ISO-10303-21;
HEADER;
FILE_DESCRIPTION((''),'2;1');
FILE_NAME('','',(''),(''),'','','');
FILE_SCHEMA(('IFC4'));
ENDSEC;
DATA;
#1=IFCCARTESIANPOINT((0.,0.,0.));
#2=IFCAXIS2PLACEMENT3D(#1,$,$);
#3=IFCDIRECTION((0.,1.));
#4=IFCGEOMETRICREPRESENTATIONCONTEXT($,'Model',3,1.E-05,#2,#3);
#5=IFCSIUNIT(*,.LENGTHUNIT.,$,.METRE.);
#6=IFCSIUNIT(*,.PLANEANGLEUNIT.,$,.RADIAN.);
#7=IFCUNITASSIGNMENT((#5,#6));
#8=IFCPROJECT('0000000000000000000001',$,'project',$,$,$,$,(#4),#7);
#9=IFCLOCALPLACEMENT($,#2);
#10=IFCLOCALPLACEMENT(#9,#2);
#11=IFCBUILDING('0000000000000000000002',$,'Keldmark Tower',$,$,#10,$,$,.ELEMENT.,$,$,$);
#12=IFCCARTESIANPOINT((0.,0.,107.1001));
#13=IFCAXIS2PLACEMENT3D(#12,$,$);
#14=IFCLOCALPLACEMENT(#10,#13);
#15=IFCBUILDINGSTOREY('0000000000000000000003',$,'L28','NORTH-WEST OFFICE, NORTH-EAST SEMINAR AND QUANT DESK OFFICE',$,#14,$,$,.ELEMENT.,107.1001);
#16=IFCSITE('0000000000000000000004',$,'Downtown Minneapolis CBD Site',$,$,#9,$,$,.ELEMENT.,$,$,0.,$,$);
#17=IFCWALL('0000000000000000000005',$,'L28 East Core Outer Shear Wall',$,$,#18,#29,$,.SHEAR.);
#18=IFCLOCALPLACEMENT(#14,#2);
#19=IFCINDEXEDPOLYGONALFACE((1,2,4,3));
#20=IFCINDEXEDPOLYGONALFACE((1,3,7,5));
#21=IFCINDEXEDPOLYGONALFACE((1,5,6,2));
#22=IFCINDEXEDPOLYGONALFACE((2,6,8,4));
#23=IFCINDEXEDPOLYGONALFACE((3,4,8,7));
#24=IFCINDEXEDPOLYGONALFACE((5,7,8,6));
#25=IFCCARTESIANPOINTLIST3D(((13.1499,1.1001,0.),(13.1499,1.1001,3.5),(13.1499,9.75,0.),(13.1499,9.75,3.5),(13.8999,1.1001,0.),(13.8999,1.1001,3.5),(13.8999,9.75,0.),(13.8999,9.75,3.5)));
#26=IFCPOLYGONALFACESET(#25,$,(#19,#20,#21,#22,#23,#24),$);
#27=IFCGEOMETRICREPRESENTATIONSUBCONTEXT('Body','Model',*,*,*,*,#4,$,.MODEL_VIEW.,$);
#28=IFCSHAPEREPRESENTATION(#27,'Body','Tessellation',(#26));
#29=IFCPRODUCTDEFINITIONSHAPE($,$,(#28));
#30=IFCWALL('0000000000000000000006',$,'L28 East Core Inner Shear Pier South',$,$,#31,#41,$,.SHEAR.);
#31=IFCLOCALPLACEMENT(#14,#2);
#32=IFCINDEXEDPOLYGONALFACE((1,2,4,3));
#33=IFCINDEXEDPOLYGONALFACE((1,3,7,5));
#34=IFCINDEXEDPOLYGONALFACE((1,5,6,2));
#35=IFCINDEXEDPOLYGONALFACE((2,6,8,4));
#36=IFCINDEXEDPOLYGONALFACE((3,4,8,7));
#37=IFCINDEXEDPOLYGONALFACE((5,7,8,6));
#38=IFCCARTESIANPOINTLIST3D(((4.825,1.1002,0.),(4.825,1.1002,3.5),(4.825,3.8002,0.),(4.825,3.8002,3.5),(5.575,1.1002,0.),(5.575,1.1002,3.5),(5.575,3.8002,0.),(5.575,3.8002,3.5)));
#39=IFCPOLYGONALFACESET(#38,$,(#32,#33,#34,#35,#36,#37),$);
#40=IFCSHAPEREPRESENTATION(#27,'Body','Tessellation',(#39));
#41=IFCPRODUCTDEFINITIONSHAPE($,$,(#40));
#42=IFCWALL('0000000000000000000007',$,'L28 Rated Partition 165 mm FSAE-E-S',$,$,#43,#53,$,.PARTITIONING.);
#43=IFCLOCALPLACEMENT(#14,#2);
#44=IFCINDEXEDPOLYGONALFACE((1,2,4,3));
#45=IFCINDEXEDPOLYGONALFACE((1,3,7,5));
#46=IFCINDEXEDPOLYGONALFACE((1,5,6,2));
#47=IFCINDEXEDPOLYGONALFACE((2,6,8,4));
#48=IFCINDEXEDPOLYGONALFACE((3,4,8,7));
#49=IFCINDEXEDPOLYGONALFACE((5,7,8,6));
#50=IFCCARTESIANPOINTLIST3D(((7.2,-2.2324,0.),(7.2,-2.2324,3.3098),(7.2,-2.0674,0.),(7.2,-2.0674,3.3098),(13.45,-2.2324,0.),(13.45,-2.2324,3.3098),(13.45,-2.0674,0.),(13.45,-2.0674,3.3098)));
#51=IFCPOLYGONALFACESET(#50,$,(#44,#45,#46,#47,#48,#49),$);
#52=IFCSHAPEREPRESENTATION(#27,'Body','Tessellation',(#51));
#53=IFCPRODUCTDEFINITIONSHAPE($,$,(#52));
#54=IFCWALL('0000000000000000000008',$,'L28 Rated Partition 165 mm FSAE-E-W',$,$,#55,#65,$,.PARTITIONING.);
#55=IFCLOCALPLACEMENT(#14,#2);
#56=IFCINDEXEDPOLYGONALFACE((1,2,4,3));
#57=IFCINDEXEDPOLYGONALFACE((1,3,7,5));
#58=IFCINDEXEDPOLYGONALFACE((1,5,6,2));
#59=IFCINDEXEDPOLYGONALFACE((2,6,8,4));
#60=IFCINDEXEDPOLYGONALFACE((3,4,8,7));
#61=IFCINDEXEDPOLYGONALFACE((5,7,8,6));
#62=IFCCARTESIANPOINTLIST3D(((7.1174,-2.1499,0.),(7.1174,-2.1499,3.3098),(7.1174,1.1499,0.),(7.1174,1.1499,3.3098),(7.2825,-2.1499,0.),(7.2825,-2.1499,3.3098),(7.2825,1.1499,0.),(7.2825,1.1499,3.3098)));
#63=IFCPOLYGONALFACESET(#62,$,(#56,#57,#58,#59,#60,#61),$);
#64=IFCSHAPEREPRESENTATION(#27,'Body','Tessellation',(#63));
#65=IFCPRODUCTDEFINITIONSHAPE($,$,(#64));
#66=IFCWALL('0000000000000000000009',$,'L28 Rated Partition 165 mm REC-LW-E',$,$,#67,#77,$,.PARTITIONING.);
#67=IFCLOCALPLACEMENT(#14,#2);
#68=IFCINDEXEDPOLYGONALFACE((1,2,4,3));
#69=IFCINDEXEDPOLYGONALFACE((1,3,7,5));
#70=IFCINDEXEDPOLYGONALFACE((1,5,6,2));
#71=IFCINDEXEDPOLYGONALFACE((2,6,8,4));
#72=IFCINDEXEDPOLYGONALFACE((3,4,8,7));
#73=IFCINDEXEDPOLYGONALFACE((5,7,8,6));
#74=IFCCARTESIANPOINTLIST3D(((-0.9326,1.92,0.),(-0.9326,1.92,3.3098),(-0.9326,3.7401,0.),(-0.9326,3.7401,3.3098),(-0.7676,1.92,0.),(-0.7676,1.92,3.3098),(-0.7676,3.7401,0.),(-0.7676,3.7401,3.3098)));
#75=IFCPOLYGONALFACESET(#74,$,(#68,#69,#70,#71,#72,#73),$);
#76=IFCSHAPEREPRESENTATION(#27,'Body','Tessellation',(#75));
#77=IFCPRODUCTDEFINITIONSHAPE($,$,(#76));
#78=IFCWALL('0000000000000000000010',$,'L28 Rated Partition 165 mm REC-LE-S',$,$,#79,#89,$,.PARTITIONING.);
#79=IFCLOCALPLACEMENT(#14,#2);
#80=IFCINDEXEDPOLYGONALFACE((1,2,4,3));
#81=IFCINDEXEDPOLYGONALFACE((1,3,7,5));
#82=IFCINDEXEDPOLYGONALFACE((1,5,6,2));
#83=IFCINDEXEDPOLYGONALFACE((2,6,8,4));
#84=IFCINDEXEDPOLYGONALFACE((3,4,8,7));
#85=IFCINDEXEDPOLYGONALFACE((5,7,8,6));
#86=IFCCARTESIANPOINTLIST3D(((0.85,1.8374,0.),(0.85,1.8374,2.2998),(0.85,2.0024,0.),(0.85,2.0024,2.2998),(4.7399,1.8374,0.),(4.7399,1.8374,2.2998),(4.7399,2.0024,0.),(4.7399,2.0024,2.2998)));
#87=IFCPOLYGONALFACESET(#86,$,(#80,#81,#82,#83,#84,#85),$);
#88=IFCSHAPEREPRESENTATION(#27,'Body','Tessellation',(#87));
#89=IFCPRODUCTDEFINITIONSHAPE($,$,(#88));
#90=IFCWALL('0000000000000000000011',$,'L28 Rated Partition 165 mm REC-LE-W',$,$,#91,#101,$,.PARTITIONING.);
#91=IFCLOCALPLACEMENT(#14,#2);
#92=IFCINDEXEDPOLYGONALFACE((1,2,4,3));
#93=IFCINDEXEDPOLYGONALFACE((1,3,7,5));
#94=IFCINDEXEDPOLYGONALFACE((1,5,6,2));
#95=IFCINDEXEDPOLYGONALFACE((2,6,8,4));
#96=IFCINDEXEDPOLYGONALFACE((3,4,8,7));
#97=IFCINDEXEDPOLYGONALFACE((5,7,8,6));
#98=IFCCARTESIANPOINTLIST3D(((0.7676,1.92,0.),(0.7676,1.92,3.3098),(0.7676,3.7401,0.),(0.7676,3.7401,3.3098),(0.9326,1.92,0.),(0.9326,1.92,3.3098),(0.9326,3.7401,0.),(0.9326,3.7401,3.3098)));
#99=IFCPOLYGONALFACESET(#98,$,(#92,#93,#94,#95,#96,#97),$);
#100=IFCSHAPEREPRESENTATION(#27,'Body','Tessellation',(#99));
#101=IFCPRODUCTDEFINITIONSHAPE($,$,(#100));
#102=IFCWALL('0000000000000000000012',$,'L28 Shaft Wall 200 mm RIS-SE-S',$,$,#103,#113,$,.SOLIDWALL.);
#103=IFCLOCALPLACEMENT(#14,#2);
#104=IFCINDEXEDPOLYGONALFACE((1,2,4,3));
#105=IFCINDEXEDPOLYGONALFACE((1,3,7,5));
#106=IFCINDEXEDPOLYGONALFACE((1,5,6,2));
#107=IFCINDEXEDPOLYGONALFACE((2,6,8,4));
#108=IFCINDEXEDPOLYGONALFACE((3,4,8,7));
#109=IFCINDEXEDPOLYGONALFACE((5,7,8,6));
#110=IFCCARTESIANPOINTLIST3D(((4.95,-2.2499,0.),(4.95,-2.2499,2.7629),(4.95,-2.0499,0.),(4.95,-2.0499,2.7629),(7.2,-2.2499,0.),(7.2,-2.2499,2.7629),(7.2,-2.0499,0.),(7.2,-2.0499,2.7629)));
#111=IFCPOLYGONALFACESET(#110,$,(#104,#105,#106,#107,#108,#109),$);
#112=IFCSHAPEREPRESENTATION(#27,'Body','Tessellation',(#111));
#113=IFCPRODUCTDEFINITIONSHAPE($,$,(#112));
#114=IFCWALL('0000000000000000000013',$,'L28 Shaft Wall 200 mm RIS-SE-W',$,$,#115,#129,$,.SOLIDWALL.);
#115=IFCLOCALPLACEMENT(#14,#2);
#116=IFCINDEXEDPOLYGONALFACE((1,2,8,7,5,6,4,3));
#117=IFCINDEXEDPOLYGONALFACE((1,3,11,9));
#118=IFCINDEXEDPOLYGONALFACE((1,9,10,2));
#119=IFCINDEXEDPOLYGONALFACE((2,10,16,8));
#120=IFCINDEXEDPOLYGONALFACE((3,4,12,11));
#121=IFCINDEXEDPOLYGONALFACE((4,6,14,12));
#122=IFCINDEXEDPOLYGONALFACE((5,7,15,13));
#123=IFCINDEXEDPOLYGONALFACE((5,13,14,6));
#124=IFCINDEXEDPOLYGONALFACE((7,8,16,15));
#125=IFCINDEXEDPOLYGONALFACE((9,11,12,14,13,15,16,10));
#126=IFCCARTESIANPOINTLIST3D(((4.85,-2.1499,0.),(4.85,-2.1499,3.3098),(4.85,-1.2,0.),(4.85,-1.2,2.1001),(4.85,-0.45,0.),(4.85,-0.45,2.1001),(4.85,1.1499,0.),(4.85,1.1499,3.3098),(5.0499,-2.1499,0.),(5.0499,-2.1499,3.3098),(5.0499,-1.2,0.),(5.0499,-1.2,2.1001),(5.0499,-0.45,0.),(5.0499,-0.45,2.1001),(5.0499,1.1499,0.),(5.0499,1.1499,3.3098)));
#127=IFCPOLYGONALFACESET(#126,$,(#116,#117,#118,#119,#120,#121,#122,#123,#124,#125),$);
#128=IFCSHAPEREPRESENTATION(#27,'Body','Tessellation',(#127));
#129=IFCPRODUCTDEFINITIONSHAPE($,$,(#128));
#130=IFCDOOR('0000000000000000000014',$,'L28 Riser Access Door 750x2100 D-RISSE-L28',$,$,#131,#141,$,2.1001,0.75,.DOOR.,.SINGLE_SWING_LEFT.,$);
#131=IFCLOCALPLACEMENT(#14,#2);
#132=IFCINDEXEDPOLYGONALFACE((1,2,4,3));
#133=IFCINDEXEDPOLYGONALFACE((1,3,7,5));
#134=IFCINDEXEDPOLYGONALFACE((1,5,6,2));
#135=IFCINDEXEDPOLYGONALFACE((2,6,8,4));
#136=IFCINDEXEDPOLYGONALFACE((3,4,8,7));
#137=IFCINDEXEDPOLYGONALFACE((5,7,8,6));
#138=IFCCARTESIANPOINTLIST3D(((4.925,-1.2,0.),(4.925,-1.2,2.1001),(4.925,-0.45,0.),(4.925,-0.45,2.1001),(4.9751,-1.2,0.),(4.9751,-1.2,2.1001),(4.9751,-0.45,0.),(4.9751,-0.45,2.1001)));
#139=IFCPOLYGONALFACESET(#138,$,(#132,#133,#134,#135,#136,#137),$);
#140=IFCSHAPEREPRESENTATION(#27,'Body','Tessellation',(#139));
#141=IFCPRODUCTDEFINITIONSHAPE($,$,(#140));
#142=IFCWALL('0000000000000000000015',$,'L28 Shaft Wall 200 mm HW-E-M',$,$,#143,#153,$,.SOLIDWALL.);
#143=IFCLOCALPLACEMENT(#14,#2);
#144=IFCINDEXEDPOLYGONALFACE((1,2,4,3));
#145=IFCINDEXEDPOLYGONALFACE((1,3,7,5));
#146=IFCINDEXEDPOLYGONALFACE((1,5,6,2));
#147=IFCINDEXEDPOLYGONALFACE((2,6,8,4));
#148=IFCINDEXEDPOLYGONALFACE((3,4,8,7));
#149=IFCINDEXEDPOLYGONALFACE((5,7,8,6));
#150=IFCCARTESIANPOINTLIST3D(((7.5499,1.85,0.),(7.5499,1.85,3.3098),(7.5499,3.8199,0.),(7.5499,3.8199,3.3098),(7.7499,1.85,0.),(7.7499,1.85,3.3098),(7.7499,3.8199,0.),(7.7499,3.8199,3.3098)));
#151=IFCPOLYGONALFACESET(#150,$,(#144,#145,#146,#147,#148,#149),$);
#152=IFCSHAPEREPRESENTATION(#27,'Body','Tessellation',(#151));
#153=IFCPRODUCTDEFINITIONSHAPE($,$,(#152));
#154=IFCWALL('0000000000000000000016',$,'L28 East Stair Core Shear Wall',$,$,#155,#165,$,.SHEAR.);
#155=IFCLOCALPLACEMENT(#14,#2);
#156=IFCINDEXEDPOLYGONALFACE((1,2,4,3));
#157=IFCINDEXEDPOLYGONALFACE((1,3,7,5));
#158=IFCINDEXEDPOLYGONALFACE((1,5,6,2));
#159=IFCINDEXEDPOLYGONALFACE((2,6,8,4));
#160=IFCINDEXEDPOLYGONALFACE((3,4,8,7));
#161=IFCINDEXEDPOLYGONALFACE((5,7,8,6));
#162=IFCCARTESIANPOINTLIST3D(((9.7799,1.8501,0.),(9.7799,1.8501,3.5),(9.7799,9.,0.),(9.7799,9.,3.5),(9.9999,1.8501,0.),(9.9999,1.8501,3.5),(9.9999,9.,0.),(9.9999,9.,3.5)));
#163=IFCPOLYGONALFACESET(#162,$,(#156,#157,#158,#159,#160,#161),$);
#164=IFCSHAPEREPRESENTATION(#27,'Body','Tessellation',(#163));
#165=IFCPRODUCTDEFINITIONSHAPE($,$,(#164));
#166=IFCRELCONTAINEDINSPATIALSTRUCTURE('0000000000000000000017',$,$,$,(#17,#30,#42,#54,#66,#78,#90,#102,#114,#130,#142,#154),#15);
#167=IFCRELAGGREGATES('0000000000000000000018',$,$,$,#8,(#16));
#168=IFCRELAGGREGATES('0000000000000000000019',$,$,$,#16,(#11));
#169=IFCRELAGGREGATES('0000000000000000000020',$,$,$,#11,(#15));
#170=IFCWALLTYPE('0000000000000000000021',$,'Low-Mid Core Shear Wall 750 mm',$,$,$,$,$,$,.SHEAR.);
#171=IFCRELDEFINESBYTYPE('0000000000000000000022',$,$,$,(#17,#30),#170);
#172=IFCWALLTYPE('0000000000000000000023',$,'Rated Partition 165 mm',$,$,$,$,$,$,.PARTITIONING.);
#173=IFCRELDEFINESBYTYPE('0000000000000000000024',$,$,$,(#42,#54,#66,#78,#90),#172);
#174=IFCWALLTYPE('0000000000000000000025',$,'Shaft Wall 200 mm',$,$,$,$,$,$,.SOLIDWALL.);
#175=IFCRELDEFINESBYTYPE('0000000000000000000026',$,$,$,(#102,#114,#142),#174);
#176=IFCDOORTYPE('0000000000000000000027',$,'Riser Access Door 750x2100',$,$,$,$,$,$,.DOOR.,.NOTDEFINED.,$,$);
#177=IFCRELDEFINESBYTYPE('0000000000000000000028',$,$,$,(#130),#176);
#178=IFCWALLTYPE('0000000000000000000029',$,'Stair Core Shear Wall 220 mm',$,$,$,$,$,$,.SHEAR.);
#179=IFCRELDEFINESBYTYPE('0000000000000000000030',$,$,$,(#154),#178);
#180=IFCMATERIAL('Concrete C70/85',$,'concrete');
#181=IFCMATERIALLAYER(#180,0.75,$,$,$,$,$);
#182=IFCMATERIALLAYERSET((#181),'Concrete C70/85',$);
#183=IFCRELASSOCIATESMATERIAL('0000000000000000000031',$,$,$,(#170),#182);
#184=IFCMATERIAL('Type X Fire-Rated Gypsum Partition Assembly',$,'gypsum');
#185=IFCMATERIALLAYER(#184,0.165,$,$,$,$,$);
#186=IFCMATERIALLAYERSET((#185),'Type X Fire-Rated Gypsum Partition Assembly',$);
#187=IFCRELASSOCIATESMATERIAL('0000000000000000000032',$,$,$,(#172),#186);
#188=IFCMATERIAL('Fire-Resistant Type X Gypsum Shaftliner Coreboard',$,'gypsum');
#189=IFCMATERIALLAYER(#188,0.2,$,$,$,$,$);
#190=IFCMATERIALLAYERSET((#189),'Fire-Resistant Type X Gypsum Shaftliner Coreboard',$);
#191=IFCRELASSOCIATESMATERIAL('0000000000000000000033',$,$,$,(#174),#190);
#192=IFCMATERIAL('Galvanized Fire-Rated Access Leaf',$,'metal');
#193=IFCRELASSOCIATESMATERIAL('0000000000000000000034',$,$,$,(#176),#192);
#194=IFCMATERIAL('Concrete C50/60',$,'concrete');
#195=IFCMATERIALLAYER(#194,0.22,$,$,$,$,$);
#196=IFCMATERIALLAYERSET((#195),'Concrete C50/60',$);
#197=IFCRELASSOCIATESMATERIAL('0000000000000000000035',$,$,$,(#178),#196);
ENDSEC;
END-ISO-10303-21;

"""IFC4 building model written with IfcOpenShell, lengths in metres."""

from ifc_helpers import new_model, si_unit, direction, frame, frame_2d, origin, place, context, subcontext, project, spatial, rectangle, extrude, material, layer, layer_set, type_object, element, fill, save


model = new_model("IFC4")

# Units and contexts
model_context = context("Model", 3, precision=1e-05, world=origin(), true_north=direction((0.0, 1.0)))
body_context = subcontext(model_context, "Body", "Model", "MODEL_VIEW")
ifc_project = project(units=[si_unit("LENGTHUNIT", "METRE"), si_unit("PLANEANGLEUNIT", "RADIAN")], contexts=[model_context])

# Site, building, storey
site_placement = place(None, origin())
site = spatial("IfcSite", under=ifc_project, at=site_placement, Name="Downtown Minneapolis CBD Site", CompositionType="ELEMENT", RefElevation=0.0)
building_placement = place(site_placement, origin())
building = spatial("IfcBuilding", under=site, at=building_placement, Name="Keldmark Tower", CompositionType="ELEMENT")
storey_placement = place(building_placement, frame((0.0, 0.0, 107.1001)))
storey = spatial("IfcBuildingStorey", under=building, at=storey_placement, Name="L28", Description="NORTH-WEST OFFICE, NORTH-EAST SEMINAR AND QUANT DESK OFFICE", CompositionType="ELEMENT", Elevation=107.1001)

# Walls
ifc_material_1 = material(Name="Concrete C70/85", Category="concrete")
ifc_layer_1 = layer(ifc_material_1, 0.75)
ifc_layer_set_1 = layer_set([ifc_layer_1], Name="Concrete C70/85")
wall_type_1 = type_object("IfcWallType", Name="Low-Mid Core Shear Wall 750 mm", PredefinedType="SHEAR", material=ifc_layer_set_1)
wall_1_placement = place(storey_placement, frame((13.5249, 1.1001, 0.0), z_axis=(0.0, 0.0, 1.0), x_axis=(0.0, 1.0, 0.0)))
element("IfcWall", 1, at=wall_1_placement, inside=storey, type_object=wall_type_1, Name="L28 East Core Outer Shear Wall", PredefinedType="SHEAR", context=body_context, shape_type="SweptSolid", body=[
    extrude(rectangle(XDim=8.6499, YDim=0.75, at=frame_2d((4.325, 0.0))), origin(), (0.0, 0.0, 1.0), 3.5),
])
wall_2_placement = place(storey_placement, frame((5.2, 1.1001, 0.0), z_axis=(0.0, 0.0, 1.0), x_axis=(0.0, 1.0, 0.0)))
element("IfcWall", 2, at=wall_2_placement, inside=storey, type_object=wall_type_1, Name="L28 East Core Inner Shear Pier South", PredefinedType="SHEAR", context=body_context, shape_type="SweptSolid", body=[
    extrude(rectangle(XDim=2.7, YDim=0.75, at=frame_2d((1.3501, 0.0))), origin(), (0.0, 0.0, 1.0), 3.5),
])
ifc_material_2 = material(Name="Type X Fire-Rated Gypsum Partition Assembly", Category="gypsum")
ifc_layer_2 = layer(ifc_material_2, 0.165)
ifc_layer_set_2 = layer_set([ifc_layer_2], Name="Type X Fire-Rated Gypsum Partition Assembly")
wall_type_2 = type_object("IfcWallType", Name="Rated Partition 165 mm", PredefinedType="PARTITIONING", material=ifc_layer_set_2)
wall_3_placement = place(storey_placement, frame((7.2, -2.1499, 0.0), z_axis=(0.0, 0.0, 1.0), x_axis=(1.0, 0.0, 0.0)))
element("IfcWall", 3, at=wall_3_placement, inside=storey, type_object=wall_type_2, Name="L28 Rated Partition 165 mm FSAE-E-S", PredefinedType="PARTITIONING", context=body_context, shape_type="SweptSolid", body=[
    extrude(rectangle(XDim=6.25, YDim=0.165, at=frame_2d((3.125, 0.0))), origin(), (0.0, 0.0, 1.0), 3.3098),
])
wall_4_placement = place(storey_placement, frame((7.2, -2.1499, 0.0), z_axis=(0.0, 0.0, 1.0), x_axis=(0.0, 1.0, 0.0)))
element("IfcWall", 4, at=wall_4_placement, inside=storey, type_object=wall_type_2, Name="L28 Rated Partition 165 mm FSAE-E-W", PredefinedType="PARTITIONING", context=body_context, shape_type="SweptSolid", body=[
    extrude(rectangle(XDim=3.2998, YDim=0.165, at=frame_2d((1.6499, 0.0))), origin(), (0.0, 0.0, 1.0), 3.3098),
])

# Walls
wall_5_placement = place(storey_placement, frame((-0.8501, 1.9199, 0.0), z_axis=(0.0, 0.0, 1.0), x_axis=(0.0, 1.0, 0.0)))
element("IfcWall", 5, at=wall_5_placement, inside=storey, type_object=wall_type_2, Name="L28 Rated Partition 165 mm REC-LW-E", PredefinedType="PARTITIONING", context=body_context, shape_type="SweptSolid", body=[
    extrude(rectangle(XDim=1.8201, YDim=0.165, at=frame_2d((0.9102, 0.0))), origin(), (0.0, 0.0, 1.0), 3.3098),
])
wall_6_placement = place(storey_placement, frame((0.8501, 1.9199, 0.0), z_axis=(0.0, 0.0, 1.0), x_axis=(1.0, 0.0, 0.0)))
element("IfcWall", 6, at=wall_6_placement, inside=storey, type_object=wall_type_2, Name="L28 Rated Partition 165 mm REC-LE-S", PredefinedType="PARTITIONING", context=body_context, shape_type="SweptSolid", body=[
    extrude(rectangle(XDim=3.8899, YDim=0.165, at=frame_2d((1.9448, 0.0))), origin(), (0.0, 0.0, 1.0), 2.2998),
])
wall_7_placement = place(storey_placement, frame((0.8501, 1.9199, 0.0), z_axis=(0.0, 0.0, 1.0), x_axis=(0.0, 1.0, 0.0)))
element("IfcWall", 7, at=wall_7_placement, inside=storey, type_object=wall_type_2, Name="L28 Rated Partition 165 mm REC-LE-W", PredefinedType="PARTITIONING", context=body_context, shape_type="SweptSolid", body=[
    extrude(rectangle(XDim=1.8201, YDim=0.165, at=frame_2d((0.9102, 0.0))), origin(), (0.0, 0.0, 1.0), 3.3098),
])
ifc_material_3 = material(Name="Fire-Resistant Type X Gypsum Shaftliner Coreboard", Category="gypsum")
ifc_layer_3 = layer(ifc_material_3, 0.2)
ifc_layer_set_3 = layer_set([ifc_layer_3], Name="Fire-Resistant Type X Gypsum Shaftliner Coreboard")
wall_type_3 = type_object("IfcWallType", Name="Shaft Wall 200 mm", PredefinedType="SOLIDWALL", material=ifc_layer_set_3)
wall_8_placement = place(storey_placement, frame((4.95, -2.1499, 0.0), z_axis=(0.0, 0.0, 1.0), x_axis=(1.0, 0.0, 0.0)))
element("IfcWall", 8, at=wall_8_placement, inside=storey, type_object=wall_type_3, Name="L28 Shaft Wall 200 mm RIS-SE-S", PredefinedType="SOLIDWALL", context=body_context, shape_type="SweptSolid", body=[
    extrude(rectangle(XDim=2.25, YDim=0.2, at=frame_2d((1.125, 0.0))), origin(), (0.0, 0.0, 1.0), 2.7629),
])

# Wall, opening, door
wall_9_placement = place(storey_placement, frame((4.95, -2.1499, 0.0), z_axis=(0.0, 0.0, 1.0), x_axis=(0.0, 1.0, 0.0)))
wall_9 = element("IfcWall", 9, at=wall_9_placement, inside=storey, type_object=wall_type_3, Name="L28 Shaft Wall 200 mm RIS-SE-W", PredefinedType="SOLIDWALL", context=body_context, shape_type="SweptSolid", body=[
    extrude(rectangle(XDim=3.2998, YDim=0.2, at=frame_2d((1.6499, 0.0))), origin(), (0.0, 0.0, 1.0), 3.3098),
])
opening_1_placement = place(wall_9_placement, frame((0.95, 0.0, 0.0)))
opening_1 = element("IfcOpeningElement", 10, at=opening_1_placement, cuts=wall_9, PredefinedType="OPENING", context=body_context, shape_type="SweptSolid", body=[
    extrude(rectangle(XDim=0.75, YDim=2.1001, at=frame_2d((0.375, 1.05))), frame((0.0, 0.1099, 0.0), z_axis=(0.0, -1.0, 0.0), x_axis=(1.0, 0.0, 0.0)), (0.0, 0.0, 1.0), 0.22),
])
ifc_material_4 = material(Name="Galvanized Fire-Rated Access Leaf", Category="metal")
door_type_1 = type_object("IfcDoorType", Name="Riser Access Door 750x2100", OperationType="NOTDEFINED", PredefinedType="DOOR", material=ifc_material_4)
door_1_placement = place(opening_1_placement, origin())
door_1 = element("IfcDoor", 11, at=door_1_placement, inside=storey, type_object=door_type_1, Name="L28 Riser Access Door 750x2100 D-RISSE-L28", OperationType="SINGLE_SWING_LEFT", OverallHeight=2.1001, OverallWidth=0.75, PredefinedType="DOOR", context=body_context, shape_type="SweptSolid", body=[
    extrude(rectangle(XDim=0.75, YDim=2.1001, at=frame_2d((0.375, 1.05))), frame((0.0, 0.0249, 0.0), z_axis=(0.0, -1.0, 0.0), x_axis=(1.0, 0.0, 0.0)), (0.0, 0.0, 1.0), 0.05),
])
fill(opening_1, door_1)

# Walls
wall_10_placement = place(storey_placement, frame((7.6499, 1.8501, 0.0), z_axis=(0.0, 0.0, 1.0), x_axis=(0.0, 1.0, 0.0)))
element("IfcWall", 12, at=wall_10_placement, inside=storey, type_object=wall_type_3, Name="L28 Shaft Wall 200 mm HW-E-M", PredefinedType="SOLIDWALL", context=body_context, shape_type="SweptSolid", body=[
    extrude(rectangle(XDim=1.97, YDim=0.2, at=frame_2d((0.9849, 0.0))), origin(), (0.0, 0.0, 1.0), 3.3098),
])
ifc_material_5 = material(Name="Concrete C50/60", Category="concrete")
ifc_layer_4 = layer(ifc_material_5, 0.22)
ifc_layer_set_4 = layer_set([ifc_layer_4], Name="Concrete C50/60")
wall_type_4 = type_object("IfcWallType", Name="Stair Core Shear Wall 220 mm", PredefinedType="SHEAR", material=ifc_layer_set_4)
wall_11_placement = place(storey_placement, frame((9.8899, 1.8501, 0.0), z_axis=(0.0, 0.0, 1.0), x_axis=(0.0, 1.0, 0.0)))
element("IfcWall", 13, at=wall_11_placement, inside=storey, type_object=wall_type_4, Name="L28 East Stair Core Shear Wall", PredefinedType="SHEAR", context=body_context, shape_type="SweptSolid", body=[
    extrude(rectangle(XDim=7.1499, YDim=0.22, at=frame_2d((3.575, 0.0))), origin(), (0.0, 0.0, 1.0), 3.5),
])

save(model, "model.ifc")
